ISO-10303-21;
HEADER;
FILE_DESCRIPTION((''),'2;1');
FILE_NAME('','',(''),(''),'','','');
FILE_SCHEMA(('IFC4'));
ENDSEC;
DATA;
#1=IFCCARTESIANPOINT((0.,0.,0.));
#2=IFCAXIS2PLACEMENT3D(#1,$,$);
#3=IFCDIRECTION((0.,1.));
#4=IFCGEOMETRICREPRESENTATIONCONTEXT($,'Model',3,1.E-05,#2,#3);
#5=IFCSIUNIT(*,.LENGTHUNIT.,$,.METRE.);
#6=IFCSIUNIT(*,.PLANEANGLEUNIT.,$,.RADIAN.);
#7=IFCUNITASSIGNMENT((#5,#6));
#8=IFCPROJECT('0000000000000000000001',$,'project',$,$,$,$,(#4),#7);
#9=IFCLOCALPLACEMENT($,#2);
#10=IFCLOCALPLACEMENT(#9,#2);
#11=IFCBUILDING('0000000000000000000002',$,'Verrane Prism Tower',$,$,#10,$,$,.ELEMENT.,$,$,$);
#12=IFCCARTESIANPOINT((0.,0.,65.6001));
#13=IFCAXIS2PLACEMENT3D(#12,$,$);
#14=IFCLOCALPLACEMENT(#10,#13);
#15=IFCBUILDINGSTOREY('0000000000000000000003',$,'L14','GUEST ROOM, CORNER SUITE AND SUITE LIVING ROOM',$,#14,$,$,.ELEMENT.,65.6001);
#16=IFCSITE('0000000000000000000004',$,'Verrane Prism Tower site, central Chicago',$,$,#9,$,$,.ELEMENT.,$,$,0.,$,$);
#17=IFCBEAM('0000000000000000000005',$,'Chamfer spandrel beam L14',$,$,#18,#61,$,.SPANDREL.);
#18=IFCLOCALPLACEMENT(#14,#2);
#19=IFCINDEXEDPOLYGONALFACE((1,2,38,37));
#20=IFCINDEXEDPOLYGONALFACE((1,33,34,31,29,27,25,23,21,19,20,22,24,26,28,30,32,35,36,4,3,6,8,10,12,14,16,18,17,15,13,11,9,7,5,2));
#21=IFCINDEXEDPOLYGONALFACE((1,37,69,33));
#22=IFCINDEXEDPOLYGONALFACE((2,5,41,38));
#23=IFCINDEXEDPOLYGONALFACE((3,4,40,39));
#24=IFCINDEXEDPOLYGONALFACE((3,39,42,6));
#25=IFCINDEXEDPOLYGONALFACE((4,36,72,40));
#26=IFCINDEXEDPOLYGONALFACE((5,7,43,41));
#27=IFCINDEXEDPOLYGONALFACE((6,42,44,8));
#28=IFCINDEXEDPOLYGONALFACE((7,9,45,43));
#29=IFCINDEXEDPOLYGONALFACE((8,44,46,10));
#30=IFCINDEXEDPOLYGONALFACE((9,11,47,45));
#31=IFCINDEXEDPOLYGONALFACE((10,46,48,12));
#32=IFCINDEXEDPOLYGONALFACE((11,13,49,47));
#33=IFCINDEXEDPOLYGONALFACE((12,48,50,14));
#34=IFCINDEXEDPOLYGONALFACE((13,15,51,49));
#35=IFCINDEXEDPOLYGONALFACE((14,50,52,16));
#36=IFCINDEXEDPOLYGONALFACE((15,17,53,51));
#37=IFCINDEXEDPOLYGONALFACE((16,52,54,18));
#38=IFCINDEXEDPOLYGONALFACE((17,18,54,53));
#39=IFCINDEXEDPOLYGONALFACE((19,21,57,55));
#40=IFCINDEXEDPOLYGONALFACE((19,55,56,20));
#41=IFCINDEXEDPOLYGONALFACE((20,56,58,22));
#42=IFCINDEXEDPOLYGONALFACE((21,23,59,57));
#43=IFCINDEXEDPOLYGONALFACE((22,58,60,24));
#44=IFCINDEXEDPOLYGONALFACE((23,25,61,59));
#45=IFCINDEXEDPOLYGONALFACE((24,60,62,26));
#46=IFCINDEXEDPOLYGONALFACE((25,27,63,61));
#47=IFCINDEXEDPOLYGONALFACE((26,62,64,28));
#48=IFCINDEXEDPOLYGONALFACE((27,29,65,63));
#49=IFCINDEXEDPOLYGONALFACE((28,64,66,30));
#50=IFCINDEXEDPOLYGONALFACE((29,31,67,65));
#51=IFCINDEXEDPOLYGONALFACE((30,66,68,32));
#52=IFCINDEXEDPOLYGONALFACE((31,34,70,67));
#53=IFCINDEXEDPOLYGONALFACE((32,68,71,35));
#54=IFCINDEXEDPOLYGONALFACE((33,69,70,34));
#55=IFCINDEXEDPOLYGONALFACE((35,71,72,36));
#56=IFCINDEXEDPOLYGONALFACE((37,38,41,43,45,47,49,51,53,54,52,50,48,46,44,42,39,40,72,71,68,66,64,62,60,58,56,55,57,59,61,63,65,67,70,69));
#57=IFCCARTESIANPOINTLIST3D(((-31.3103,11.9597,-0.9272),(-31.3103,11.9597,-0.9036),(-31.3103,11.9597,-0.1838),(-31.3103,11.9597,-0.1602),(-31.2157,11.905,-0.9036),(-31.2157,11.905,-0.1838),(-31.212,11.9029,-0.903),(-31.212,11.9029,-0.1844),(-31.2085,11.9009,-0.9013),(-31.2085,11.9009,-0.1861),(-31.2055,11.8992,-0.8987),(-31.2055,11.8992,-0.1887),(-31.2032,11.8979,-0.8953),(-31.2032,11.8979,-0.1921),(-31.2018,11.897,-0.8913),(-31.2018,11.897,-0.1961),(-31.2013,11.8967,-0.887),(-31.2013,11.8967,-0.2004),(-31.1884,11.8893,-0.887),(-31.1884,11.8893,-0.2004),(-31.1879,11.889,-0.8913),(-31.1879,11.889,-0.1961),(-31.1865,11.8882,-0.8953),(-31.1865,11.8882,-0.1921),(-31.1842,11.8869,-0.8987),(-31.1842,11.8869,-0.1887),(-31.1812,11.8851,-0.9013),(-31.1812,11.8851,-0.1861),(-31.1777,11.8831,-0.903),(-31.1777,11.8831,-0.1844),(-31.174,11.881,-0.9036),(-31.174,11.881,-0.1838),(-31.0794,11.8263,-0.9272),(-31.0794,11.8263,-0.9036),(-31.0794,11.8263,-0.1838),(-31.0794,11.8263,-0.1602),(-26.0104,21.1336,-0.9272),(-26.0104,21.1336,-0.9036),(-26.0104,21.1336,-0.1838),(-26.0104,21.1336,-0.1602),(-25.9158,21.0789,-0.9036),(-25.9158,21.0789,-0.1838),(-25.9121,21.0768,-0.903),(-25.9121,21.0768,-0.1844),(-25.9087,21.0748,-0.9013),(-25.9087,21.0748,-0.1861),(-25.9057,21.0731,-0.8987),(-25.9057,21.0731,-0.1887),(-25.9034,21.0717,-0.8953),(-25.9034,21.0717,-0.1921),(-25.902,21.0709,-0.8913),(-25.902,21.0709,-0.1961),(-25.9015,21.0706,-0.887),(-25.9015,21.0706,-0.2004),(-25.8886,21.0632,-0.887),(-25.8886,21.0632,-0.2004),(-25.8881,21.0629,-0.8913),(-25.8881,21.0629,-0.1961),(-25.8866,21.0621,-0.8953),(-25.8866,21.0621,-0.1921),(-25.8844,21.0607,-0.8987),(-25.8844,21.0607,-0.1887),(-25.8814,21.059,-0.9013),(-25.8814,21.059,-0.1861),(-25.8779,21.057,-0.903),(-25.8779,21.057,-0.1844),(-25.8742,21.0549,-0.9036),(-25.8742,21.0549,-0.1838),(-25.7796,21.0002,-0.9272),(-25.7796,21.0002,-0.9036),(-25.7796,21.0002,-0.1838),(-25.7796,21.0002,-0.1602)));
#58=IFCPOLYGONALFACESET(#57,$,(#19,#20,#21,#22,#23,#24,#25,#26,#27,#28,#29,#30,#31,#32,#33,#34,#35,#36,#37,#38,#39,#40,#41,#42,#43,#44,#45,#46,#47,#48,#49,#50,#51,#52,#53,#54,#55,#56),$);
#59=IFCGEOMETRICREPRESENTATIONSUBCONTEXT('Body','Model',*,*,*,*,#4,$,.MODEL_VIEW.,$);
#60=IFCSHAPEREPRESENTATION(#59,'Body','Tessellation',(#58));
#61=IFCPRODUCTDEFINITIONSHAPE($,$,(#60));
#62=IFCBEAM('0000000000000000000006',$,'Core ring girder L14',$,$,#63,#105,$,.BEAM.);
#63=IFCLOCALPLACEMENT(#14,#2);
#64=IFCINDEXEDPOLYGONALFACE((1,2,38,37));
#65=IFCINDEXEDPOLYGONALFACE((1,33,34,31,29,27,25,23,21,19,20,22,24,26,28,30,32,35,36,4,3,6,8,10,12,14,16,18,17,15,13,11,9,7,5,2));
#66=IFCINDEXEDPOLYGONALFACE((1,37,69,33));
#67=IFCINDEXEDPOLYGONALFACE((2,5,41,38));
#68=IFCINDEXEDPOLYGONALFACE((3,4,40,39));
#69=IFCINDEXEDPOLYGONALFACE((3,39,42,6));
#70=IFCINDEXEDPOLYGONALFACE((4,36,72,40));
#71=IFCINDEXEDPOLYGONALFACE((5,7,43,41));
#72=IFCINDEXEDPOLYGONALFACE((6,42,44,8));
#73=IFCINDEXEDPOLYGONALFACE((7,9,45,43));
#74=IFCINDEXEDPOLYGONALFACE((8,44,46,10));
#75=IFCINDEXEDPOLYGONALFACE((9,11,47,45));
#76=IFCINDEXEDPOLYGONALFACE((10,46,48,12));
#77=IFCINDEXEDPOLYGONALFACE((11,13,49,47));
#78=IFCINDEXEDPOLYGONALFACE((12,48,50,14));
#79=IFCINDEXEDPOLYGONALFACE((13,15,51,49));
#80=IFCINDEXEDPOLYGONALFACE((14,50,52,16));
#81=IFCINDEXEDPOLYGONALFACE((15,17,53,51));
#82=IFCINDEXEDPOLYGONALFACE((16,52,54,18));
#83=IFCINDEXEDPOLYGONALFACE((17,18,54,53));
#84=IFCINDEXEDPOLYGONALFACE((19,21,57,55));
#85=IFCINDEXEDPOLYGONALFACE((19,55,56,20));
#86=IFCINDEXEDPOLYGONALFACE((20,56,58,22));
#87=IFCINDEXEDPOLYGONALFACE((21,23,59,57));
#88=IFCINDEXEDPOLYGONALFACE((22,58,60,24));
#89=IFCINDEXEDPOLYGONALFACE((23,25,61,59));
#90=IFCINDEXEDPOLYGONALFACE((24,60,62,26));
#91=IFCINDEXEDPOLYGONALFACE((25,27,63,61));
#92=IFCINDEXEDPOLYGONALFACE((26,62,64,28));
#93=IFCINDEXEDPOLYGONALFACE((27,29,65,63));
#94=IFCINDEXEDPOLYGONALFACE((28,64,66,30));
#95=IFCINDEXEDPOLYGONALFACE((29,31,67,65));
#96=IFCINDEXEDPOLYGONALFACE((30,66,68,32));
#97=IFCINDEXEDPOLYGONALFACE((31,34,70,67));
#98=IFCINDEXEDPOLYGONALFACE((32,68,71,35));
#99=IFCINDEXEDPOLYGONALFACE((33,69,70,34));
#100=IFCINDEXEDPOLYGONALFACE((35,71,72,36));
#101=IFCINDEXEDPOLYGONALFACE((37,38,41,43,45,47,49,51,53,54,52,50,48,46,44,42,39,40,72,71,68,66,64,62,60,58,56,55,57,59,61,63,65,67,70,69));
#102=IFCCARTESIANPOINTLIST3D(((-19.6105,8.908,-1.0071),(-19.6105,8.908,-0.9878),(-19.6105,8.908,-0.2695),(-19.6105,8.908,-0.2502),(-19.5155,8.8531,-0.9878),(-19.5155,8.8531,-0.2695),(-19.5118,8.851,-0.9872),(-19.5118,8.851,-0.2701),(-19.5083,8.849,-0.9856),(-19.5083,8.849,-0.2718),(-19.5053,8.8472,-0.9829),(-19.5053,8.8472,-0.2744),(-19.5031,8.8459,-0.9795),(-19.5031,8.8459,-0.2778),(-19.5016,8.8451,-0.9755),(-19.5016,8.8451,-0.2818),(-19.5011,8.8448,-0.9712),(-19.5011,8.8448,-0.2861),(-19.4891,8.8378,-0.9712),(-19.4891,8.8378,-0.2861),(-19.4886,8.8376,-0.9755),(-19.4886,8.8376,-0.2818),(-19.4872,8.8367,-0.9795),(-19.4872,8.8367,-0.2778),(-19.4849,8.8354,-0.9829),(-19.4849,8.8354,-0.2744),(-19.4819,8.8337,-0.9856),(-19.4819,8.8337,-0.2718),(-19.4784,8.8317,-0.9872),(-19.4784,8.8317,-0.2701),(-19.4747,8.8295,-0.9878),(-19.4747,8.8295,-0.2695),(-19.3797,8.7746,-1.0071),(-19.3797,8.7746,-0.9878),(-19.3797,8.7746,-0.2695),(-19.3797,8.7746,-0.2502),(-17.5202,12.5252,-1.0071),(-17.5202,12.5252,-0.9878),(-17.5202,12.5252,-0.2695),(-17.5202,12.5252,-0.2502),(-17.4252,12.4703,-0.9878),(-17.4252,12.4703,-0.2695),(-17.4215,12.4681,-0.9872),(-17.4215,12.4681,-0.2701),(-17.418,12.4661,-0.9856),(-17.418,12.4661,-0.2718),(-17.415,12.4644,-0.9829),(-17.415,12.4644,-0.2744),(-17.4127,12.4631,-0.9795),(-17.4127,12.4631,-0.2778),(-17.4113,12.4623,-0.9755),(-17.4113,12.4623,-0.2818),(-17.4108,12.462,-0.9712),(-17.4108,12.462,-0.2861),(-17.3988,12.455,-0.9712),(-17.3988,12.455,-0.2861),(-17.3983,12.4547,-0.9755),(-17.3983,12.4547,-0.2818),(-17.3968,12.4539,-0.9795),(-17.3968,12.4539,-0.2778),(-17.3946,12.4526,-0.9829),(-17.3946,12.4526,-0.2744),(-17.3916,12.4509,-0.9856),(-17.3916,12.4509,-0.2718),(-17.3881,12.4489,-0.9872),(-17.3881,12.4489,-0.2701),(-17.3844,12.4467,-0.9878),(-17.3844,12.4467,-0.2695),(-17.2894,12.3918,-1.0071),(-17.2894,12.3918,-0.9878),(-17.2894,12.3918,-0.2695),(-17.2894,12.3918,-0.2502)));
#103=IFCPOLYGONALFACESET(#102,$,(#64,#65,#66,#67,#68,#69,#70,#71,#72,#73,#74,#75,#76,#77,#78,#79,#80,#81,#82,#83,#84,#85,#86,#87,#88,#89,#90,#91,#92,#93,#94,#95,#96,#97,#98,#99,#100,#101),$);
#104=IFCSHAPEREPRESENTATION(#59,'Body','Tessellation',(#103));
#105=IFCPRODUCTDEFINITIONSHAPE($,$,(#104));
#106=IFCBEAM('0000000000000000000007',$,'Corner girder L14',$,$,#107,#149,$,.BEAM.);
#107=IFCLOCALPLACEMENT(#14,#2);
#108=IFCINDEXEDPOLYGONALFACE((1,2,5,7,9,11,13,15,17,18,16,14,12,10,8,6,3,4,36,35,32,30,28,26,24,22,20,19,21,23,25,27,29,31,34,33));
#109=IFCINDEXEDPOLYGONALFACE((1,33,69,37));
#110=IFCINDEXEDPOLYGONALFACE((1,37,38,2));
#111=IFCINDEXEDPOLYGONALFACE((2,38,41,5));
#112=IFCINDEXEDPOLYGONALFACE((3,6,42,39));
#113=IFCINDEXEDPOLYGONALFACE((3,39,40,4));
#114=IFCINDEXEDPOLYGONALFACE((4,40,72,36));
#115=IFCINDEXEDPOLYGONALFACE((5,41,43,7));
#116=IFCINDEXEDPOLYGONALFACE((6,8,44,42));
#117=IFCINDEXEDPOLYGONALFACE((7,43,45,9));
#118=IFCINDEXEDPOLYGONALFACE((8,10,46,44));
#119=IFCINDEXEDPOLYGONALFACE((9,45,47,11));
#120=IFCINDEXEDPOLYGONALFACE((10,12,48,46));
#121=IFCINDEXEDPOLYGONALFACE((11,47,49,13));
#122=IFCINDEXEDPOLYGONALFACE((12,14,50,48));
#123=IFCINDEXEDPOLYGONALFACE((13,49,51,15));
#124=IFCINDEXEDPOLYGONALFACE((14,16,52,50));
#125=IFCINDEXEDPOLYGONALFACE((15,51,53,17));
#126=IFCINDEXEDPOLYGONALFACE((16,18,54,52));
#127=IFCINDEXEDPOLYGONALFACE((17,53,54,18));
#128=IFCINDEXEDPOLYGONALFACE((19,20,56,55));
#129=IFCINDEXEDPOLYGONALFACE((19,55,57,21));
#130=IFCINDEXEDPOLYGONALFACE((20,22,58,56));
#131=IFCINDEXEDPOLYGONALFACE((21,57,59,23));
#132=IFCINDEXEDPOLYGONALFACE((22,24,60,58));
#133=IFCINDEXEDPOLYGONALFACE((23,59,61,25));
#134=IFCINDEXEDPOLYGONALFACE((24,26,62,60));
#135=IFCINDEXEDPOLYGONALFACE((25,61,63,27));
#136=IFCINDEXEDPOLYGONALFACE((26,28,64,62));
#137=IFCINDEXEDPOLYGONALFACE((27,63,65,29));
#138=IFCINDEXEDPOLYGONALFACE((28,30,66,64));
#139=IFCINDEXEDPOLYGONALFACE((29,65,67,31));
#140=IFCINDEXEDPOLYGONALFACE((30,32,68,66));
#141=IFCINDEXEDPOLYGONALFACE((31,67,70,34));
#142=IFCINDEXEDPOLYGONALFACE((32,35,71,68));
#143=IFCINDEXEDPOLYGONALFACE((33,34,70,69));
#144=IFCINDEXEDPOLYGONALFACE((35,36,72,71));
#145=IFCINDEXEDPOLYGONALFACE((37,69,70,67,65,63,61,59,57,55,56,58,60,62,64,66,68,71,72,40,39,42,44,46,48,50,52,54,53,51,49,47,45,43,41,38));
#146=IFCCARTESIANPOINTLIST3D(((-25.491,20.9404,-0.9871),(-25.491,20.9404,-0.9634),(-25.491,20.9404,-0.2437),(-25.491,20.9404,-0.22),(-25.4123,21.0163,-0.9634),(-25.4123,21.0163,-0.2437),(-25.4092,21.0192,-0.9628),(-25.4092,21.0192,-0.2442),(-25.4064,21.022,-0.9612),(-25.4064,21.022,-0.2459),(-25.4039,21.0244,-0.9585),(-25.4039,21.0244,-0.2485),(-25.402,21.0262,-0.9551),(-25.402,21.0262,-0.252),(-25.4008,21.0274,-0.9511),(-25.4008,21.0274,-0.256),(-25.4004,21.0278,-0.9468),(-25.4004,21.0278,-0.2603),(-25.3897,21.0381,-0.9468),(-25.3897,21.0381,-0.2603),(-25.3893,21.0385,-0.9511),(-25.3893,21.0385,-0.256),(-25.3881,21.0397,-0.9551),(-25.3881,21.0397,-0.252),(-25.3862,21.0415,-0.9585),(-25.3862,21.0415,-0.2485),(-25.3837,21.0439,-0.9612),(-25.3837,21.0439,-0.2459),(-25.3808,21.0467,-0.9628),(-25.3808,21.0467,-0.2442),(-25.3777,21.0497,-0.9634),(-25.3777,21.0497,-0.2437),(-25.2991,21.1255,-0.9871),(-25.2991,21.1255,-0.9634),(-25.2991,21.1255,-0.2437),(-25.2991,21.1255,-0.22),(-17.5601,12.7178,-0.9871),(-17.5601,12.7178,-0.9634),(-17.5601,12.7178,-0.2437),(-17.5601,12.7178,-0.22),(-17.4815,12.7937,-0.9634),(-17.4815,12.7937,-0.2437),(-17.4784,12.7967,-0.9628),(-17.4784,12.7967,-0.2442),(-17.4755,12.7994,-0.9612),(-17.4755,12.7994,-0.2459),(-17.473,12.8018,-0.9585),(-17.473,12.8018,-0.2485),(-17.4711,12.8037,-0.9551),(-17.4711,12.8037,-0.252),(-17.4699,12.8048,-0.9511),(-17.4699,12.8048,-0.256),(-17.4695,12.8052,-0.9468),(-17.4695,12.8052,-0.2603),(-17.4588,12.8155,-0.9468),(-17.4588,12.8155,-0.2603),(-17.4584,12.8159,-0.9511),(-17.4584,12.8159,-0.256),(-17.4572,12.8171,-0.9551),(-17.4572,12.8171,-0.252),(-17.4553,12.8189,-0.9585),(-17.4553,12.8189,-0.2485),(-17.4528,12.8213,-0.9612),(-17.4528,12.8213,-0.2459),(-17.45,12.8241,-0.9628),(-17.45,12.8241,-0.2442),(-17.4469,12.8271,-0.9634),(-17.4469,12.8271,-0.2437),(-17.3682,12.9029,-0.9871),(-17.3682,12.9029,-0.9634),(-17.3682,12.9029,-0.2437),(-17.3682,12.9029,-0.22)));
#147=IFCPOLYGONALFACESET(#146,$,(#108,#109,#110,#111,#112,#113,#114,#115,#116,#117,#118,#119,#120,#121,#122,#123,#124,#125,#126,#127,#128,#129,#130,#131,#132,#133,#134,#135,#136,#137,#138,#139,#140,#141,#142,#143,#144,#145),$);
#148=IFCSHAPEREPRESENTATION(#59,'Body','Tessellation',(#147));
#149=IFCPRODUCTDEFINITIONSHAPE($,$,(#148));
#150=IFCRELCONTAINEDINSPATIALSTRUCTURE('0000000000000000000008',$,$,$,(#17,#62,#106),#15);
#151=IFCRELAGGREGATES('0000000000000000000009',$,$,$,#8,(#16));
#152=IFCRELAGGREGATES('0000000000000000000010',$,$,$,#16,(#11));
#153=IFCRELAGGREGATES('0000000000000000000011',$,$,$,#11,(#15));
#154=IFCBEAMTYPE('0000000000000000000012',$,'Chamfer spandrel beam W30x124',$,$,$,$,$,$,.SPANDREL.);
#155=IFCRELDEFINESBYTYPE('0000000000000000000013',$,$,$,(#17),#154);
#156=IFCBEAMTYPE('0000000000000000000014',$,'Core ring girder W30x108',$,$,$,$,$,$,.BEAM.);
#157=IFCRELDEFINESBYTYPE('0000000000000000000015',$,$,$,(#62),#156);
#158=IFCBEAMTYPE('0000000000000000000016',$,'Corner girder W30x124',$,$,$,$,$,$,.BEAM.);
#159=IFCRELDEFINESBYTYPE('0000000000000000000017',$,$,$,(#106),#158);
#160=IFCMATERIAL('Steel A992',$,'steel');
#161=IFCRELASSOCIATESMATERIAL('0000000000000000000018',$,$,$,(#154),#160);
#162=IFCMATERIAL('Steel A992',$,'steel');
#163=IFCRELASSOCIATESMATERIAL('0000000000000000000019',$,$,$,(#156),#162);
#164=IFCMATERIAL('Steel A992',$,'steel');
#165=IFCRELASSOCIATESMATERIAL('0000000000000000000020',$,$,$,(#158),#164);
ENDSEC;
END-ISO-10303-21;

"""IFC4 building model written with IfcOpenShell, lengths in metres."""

from ifc_helpers import new_model, si_unit, direction, frame, origin, origin_2d, place, context, subcontext, project, spatial, i_section, extrude, material, material_profile, profile_set, type_object, element, save


model = new_model("IFC4")

# Units and contexts
model_context = context("Model", 3, precision=1e-05, world=origin(), true_north=direction((0.0, 1.0)))
body_context = subcontext(model_context, "Body", "Model", "MODEL_VIEW")
ifc_project = project(units=[si_unit("LENGTHUNIT", "METRE"), si_unit("PLANEANGLEUNIT", "RADIAN")], contexts=[model_context])

# Site, building, storey
site_placement = place(None, origin())
site = spatial("IfcSite", under=ifc_project, at=site_placement, Name="Verrane Prism Tower site, central Chicago", CompositionType="ELEMENT", RefElevation=0.0)
building_placement = place(site_placement, origin())
building = spatial("IfcBuilding", under=site, at=building_placement, Name="Verrane Prism Tower", CompositionType="ELEMENT")
storey_placement = place(building_placement, frame((0.0, 0.0, 65.6001)))
storey = spatial("IfcBuildingStorey", under=building, at=storey_placement, Name="L14", Description="GUEST ROOM, CORNER SUITE AND SUITE LIVING ROOM", CompositionType="ELEMENT", Elevation=65.6001)

# Beams
ifc_material_1 = material(Name="Steel A992", Category="steel")
ifc_material_profile_1 = material_profile(ifc_material_1, i_section(OverallWidth=0.2666, OverallDepth=0.7671, WebThickness=0.0149, FlangeThickness=0.0237, FilletRadius=0.0166, at=origin_2d()), Name="W30x124")
ifc_profile_set_1 = profile_set([ifc_material_profile_1], Name="Steel A992")
beam_type_1 = type_object("IfcBeamType", Name="Chamfer spandrel beam W30x124", PredefinedType="SPANDREL", material=ifc_profile_set_1)
beam_1_placement = place(storey_placement, frame((-25.895, 21.0669, -0.5437), z_axis=(-0.500233, -0.865891, 0.0), x_axis=(0.865891, -0.500233, 0.0)))
element("IfcBeam", 1, at=beam_1_placement, inside=storey, type_object=beam_type_1, Name="Chamfer spandrel beam L14", PredefinedType="SPANDREL", context=body_context, shape_type="SweptSolid", body=[
    extrude(i_section(OverallWidth=0.2666, OverallDepth=0.7671, WebThickness=0.0149, FlangeThickness=0.0237, FilletRadius=0.0166, at=origin_2d()), origin(), (0.0, 0.0, 1.0), 10.5947),
])
ifc_material_2 = material(Name="Steel A992", Category="steel")
ifc_material_profile_2 = material_profile(ifc_material_2, i_section(OverallWidth=0.2666, OverallDepth=0.7568, WebThickness=0.0139, FlangeThickness=0.0193, FilletRadius=0.0166, at=origin_2d()), Name="W30x108")
ifc_profile_set_2 = profile_set([ifc_material_profile_2], Name="Steel A992")
beam_type_2 = type_object("IfcBeamType", Name="Core ring girder W30x108", PredefinedType="BEAM", material=ifc_profile_set_2)
beam_2_placement = place(storey_placement, frame((-17.4048, 12.4585, -0.6287), z_axis=(-0.50035, -0.865823, 0.0), x_axis=(0.865823, -0.50035, 0.0)))
element("IfcBeam", 2, at=beam_2_placement, inside=storey, type_object=beam_type_2, Name="Core ring girder L14", PredefinedType="BEAM", context=body_context, shape_type="SweptSolid", body=[
    extrude(i_section(OverallWidth=0.2666, OverallDepth=0.7568, WebThickness=0.0139, FlangeThickness=0.0193, FilletRadius=0.0166, at=origin_2d()), origin(), (0.0, 0.0, 1.0), 4.1777),
])
ifc_material_3 = material(Name="Steel A992", Category="steel")
ifc_material_profile_3 = material_profile(ifc_material_3, i_section(OverallWidth=0.2666, OverallDepth=0.7671, WebThickness=0.0149, FlangeThickness=0.0237, FilletRadius=0.0166, at=origin_2d()), Name="W30x124")
ifc_profile_set_3 = profile_set([ifc_material_profile_3], Name="Steel A992")
beam_type_3 = type_object("IfcBeamType", Name="Corner girder W30x124", PredefinedType="BEAM", material=ifc_profile_set_3)
beam_3_placement = place(storey_placement, frame((-25.395, 21.033, -0.6035), z_axis=(0.694223, -0.71976, 0.0), x_axis=(0.71976, 0.694223, 0.0)))
element("IfcBeam", 3, at=beam_3_placement, inside=storey, type_object=beam_type_3, Name="Corner girder L14", PredefinedType="BEAM", context=body_context, shape_type="SweptSolid", body=[
    extrude(i_section(OverallWidth=0.2666, OverallDepth=0.7671, WebThickness=0.0149, FlangeThickness=0.0237, FilletRadius=0.0166, at=origin_2d()), origin(), (0.0, 0.0, 1.0), 11.4241),
])

save(model, "model.ifc")
